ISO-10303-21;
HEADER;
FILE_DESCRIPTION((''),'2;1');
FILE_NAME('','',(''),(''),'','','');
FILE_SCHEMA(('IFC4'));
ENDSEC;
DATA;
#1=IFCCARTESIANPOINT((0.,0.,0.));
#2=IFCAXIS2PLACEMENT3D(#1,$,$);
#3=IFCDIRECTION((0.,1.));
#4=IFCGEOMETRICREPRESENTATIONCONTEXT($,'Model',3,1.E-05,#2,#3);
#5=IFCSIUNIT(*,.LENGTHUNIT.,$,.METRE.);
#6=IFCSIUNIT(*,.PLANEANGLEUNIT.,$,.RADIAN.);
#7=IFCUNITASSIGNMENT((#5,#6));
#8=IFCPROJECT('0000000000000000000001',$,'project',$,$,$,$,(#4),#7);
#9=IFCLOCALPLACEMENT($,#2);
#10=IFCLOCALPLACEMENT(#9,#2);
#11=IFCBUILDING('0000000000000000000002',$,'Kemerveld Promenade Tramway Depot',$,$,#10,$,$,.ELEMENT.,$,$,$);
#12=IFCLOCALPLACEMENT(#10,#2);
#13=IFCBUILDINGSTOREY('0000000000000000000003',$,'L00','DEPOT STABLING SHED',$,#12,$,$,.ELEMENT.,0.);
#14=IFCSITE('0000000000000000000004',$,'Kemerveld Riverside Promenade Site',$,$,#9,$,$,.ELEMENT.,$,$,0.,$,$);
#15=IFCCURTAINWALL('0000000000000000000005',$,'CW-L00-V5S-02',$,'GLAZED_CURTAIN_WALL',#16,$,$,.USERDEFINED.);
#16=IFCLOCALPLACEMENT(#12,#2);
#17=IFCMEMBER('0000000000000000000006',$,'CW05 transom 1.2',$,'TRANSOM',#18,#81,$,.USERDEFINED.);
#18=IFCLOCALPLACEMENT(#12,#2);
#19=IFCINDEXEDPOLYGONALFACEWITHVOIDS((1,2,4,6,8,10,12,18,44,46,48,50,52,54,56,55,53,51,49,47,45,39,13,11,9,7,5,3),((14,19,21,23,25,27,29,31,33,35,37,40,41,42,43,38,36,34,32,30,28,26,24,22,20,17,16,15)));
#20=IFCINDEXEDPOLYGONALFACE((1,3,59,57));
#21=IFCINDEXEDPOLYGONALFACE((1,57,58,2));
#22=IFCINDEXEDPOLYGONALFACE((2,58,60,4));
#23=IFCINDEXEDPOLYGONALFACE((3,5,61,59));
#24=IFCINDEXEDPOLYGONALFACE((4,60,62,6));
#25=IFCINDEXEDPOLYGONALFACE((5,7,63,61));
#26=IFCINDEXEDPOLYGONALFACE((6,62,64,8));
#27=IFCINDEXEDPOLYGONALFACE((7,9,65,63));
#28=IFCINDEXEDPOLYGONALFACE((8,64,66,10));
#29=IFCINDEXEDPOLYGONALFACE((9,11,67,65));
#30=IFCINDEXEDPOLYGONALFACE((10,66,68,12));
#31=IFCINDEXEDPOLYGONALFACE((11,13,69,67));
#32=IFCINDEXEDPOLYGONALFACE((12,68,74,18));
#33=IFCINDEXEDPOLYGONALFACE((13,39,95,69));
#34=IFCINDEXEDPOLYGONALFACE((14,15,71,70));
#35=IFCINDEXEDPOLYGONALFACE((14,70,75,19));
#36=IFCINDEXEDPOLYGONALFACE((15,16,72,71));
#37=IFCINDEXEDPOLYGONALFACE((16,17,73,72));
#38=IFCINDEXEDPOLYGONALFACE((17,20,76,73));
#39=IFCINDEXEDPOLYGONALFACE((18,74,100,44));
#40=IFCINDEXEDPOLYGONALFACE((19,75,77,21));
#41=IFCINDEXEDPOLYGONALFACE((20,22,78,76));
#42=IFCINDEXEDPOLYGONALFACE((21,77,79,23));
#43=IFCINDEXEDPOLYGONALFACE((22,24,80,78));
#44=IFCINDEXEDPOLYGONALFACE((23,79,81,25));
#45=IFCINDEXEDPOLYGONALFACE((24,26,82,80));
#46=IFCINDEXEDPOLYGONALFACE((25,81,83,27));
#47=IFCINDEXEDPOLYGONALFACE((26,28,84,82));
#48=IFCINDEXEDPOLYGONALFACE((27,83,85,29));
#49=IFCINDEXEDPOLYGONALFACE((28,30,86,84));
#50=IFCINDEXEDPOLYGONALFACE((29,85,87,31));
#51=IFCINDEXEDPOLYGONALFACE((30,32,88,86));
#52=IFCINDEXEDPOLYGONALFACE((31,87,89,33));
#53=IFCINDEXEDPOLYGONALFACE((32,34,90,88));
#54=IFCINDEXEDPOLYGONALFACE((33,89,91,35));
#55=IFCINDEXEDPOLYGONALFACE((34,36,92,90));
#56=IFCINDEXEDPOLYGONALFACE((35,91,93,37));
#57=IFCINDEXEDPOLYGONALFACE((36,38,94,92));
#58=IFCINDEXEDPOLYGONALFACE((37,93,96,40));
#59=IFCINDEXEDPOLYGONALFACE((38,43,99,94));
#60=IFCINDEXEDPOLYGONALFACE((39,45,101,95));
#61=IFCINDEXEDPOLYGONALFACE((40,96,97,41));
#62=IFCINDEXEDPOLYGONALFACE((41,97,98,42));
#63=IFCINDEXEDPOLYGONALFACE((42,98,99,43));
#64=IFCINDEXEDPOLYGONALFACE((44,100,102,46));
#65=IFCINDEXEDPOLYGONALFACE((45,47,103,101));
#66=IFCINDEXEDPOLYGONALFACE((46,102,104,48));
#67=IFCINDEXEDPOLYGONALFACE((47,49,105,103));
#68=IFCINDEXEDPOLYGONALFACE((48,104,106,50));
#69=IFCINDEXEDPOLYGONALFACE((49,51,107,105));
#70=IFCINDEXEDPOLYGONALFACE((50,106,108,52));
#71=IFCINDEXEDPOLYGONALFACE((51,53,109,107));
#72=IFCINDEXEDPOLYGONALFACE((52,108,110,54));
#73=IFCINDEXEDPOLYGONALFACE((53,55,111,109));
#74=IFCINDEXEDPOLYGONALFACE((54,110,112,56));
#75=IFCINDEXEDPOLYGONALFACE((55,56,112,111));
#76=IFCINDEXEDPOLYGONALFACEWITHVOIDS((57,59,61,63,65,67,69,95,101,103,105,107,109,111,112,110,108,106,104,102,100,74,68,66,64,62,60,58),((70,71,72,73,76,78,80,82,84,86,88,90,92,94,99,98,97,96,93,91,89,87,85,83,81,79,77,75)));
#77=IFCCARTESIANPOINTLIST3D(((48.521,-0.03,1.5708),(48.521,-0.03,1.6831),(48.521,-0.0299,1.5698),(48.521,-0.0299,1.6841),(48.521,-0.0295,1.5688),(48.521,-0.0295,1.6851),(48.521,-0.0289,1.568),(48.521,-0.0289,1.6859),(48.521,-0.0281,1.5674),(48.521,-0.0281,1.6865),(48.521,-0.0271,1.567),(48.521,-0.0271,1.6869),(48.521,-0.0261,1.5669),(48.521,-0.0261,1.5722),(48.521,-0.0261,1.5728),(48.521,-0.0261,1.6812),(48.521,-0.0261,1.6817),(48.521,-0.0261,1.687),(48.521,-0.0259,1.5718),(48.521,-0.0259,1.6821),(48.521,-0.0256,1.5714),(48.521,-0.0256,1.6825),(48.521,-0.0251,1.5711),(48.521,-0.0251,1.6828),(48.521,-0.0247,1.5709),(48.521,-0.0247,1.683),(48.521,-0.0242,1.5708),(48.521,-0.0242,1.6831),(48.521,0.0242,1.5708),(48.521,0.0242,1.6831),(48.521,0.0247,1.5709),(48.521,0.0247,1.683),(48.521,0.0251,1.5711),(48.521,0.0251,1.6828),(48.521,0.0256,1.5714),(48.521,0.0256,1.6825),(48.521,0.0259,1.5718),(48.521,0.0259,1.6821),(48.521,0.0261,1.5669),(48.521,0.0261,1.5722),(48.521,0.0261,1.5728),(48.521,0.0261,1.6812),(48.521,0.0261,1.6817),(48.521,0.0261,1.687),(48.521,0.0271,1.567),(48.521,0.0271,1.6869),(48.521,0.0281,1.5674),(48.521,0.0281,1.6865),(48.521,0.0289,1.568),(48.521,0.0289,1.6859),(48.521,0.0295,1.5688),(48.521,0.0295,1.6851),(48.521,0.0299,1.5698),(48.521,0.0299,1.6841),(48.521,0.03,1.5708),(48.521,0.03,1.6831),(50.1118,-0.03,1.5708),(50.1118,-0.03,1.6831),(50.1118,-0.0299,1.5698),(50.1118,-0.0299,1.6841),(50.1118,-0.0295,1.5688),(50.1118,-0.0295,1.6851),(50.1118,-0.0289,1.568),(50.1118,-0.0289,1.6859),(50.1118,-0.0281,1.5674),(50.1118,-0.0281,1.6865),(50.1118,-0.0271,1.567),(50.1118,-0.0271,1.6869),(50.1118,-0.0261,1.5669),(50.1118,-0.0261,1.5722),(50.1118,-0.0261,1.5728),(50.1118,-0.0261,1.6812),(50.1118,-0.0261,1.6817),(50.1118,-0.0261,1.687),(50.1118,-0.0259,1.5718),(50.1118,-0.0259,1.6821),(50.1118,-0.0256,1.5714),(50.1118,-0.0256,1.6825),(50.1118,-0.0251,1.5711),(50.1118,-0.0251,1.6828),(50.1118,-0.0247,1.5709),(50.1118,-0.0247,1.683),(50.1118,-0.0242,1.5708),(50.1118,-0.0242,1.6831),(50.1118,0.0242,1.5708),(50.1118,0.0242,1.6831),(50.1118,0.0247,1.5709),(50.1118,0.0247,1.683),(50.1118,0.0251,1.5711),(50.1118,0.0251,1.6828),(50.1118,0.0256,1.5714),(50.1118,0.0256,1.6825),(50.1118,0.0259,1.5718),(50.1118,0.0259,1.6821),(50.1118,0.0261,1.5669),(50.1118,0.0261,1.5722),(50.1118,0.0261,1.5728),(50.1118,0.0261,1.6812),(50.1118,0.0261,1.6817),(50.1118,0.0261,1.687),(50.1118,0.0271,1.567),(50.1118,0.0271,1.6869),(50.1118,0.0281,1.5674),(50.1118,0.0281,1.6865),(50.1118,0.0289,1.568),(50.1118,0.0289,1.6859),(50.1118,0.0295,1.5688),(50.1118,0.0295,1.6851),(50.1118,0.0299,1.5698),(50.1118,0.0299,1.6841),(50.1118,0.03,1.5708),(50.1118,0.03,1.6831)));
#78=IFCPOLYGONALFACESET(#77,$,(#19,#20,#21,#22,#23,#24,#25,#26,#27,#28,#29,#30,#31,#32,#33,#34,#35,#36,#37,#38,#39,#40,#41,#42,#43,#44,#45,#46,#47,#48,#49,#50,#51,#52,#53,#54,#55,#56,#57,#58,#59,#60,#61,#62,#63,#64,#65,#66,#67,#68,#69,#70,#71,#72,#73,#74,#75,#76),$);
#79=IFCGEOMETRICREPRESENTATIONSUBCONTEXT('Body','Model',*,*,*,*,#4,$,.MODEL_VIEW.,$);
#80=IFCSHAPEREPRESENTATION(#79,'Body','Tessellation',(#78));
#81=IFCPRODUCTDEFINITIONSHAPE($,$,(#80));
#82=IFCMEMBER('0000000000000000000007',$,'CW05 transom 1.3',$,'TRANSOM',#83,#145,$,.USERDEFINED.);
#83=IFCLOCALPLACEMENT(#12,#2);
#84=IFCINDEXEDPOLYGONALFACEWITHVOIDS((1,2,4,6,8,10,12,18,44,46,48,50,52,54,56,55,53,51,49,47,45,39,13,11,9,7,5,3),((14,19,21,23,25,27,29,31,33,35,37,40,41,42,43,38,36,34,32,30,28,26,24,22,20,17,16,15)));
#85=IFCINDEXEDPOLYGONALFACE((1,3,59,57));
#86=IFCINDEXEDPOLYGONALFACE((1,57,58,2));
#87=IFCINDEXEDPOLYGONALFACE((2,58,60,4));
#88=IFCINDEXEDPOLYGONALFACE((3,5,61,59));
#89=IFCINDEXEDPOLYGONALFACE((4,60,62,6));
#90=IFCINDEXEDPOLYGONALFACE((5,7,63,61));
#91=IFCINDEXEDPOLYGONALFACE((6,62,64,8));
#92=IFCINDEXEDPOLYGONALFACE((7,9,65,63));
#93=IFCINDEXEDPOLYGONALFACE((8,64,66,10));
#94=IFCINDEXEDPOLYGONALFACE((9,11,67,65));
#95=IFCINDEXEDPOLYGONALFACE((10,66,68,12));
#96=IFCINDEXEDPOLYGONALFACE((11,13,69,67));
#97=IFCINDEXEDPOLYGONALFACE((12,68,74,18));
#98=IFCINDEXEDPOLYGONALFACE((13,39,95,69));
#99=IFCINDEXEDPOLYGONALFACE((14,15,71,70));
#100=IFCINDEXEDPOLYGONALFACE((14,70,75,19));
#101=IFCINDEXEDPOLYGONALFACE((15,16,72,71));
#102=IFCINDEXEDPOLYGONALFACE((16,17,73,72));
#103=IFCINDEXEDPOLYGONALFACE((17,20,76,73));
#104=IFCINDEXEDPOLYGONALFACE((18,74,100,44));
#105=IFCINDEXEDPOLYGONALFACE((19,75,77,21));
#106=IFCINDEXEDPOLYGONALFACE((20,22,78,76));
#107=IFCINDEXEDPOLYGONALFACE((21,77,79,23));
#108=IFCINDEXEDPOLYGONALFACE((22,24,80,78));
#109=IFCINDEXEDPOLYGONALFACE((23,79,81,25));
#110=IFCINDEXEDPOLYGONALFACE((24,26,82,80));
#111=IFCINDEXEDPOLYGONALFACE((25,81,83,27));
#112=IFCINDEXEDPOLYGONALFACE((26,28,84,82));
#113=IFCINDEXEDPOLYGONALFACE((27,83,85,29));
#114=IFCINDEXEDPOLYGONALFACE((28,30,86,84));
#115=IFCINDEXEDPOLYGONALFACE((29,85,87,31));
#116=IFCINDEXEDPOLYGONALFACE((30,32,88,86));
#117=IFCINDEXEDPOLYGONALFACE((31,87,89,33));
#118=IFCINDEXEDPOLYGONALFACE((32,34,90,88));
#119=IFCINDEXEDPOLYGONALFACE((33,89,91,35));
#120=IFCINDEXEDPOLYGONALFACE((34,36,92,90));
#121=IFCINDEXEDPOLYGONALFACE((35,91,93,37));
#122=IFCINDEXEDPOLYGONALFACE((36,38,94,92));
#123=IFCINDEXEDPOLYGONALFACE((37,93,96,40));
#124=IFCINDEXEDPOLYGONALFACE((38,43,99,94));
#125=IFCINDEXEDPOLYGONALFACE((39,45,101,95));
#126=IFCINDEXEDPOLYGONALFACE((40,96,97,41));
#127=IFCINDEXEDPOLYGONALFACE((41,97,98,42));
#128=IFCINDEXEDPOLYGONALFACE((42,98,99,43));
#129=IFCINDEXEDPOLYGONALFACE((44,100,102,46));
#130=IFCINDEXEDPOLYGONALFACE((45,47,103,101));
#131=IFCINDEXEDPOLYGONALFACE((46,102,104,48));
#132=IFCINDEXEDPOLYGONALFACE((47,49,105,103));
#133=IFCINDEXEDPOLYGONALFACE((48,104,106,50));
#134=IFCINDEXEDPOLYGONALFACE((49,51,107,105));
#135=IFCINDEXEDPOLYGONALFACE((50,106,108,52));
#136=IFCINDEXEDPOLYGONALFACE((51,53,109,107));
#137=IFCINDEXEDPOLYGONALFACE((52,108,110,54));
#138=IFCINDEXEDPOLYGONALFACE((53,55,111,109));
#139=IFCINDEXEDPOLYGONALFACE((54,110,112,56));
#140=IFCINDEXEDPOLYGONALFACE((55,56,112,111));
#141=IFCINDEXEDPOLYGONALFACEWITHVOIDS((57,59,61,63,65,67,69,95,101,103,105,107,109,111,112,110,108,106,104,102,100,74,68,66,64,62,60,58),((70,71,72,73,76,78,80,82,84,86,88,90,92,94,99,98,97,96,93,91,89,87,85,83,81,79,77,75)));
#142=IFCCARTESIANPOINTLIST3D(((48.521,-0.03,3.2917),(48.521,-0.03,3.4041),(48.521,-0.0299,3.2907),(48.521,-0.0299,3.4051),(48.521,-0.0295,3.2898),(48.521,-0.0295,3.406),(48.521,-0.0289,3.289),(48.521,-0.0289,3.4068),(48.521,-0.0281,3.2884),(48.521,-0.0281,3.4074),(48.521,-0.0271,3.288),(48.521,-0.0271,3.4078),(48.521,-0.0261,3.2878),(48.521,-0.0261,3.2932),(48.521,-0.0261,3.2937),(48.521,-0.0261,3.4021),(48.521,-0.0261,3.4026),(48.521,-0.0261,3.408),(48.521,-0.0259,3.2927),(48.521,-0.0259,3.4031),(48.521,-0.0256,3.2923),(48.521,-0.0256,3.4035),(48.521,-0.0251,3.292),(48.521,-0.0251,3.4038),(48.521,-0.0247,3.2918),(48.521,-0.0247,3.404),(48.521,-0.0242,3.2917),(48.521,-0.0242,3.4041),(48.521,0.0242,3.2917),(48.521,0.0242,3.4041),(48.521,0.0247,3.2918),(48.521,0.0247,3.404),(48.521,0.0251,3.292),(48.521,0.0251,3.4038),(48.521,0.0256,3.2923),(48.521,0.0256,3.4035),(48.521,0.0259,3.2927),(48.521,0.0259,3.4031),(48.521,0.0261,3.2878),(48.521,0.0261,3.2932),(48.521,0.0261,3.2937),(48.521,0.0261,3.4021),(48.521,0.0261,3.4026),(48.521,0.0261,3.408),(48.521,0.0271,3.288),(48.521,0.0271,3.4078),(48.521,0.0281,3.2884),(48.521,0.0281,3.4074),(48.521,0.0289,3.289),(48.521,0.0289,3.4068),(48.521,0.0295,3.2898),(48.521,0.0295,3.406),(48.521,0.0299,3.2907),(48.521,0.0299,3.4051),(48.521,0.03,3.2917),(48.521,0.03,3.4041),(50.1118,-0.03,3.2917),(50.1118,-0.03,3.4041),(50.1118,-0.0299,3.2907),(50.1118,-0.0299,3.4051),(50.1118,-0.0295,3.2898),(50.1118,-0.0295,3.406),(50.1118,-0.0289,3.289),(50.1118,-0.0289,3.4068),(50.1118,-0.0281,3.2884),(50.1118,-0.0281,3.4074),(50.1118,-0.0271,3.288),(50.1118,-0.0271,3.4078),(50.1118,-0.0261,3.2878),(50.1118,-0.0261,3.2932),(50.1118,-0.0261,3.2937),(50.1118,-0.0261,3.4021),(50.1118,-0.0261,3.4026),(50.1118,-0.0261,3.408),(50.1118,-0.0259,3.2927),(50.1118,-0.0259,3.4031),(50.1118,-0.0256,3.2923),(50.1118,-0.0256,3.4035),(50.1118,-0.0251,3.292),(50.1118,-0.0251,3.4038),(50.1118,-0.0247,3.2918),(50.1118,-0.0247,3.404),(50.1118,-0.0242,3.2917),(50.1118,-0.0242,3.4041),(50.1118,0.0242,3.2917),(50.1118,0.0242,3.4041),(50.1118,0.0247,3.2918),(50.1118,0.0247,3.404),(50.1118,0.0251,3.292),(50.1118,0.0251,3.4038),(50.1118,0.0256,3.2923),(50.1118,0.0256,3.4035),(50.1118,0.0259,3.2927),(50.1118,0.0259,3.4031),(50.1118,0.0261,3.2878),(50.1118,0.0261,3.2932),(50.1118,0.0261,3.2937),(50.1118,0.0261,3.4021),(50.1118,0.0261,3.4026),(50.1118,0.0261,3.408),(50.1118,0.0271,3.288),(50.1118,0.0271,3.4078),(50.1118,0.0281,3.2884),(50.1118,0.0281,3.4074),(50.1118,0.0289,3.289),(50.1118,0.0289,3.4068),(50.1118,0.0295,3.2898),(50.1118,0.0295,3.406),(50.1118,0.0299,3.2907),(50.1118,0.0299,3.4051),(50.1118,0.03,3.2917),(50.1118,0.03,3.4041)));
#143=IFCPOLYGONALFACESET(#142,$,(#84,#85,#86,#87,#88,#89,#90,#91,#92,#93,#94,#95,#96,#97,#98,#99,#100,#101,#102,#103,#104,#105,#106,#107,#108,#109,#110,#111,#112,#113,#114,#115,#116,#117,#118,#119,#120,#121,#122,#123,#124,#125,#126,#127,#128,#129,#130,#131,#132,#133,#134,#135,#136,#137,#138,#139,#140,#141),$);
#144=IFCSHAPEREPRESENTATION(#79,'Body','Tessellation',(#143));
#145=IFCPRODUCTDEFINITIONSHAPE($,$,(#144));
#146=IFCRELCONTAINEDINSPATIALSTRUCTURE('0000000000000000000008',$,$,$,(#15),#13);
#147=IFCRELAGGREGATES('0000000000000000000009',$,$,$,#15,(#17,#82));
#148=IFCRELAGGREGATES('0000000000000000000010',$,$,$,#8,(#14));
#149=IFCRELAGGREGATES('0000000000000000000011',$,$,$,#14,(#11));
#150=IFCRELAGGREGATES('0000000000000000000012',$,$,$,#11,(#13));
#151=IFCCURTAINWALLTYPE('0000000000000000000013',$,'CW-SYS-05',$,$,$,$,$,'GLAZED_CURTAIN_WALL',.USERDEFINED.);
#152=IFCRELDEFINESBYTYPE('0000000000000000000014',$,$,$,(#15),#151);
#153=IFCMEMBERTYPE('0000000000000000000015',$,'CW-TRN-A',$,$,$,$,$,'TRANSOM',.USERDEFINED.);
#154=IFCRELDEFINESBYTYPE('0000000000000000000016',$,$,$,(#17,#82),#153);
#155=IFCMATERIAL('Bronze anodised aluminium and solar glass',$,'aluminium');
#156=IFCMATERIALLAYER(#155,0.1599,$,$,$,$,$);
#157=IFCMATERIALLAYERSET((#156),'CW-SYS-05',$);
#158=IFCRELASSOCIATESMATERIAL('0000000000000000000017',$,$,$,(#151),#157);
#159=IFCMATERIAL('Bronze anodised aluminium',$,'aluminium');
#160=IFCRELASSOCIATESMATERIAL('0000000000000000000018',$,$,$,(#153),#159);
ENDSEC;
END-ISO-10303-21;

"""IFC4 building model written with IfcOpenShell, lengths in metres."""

from ifc_helpers import new_model, si_unit, direction, frame, origin, origin_2d, place, context, subcontext, project, spatial, hollow_rectangle, extrude, material, layer, layer_set, material_profile, profile_set, type_object, element, aggregate, save


model = new_model("IFC4")

# Units and contexts
model_context = context("Model", 3, precision=1e-05, world=origin(), true_north=direction((0.0, 1.0)))
body_context = subcontext(model_context, "Body", "Model", "MODEL_VIEW")
ifc_project = project(units=[si_unit("LENGTHUNIT", "METRE"), si_unit("PLANEANGLEUNIT", "RADIAN")], contexts=[model_context])

# Site, building, storey
site_placement = place(None, origin())
site = spatial("IfcSite", under=ifc_project, at=site_placement, Name="Kemerveld Riverside Promenade Site", CompositionType="ELEMENT", RefElevation=0.0)
building_placement = place(site_placement, origin())
building = spatial("IfcBuilding", under=site, at=building_placement, Name="Kemerveld Promenade Tramway Depot", CompositionType="ELEMENT")
storey_placement = place(building_placement, origin())
storey = spatial("IfcBuildingStorey", under=building, at=storey_placement, Name="L00", Description="DEPOT STABLING SHED", CompositionType="ELEMENT", Elevation=0.0)

# Curtain wall, members
ifc_material_1 = material(Name="Bronze anodised aluminium and solar glass", Category="aluminium")
ifc_layer_1 = layer(ifc_material_1, 0.1599)
ifc_layer_set_1 = layer_set([ifc_layer_1], Name="CW-SYS-05")
curtain_wall_type = type_object("IfcCurtainWallType", Name="CW-SYS-05", ElementType="GLAZED_CURTAIN_WALL", PredefinedType="USERDEFINED", material=ifc_layer_set_1)
curtain_wall_placement = place(storey_placement, origin())
curtain_wall = element("IfcCurtainWall", 1, at=curtain_wall_placement, inside=storey, type_object=curtain_wall_type, Name="CW-L00-V5S-02", ObjectType="GLAZED_CURTAIN_WALL", PredefinedType="USERDEFINED")
ifc_material_2 = material(Name="Bronze anodised aluminium", Category="aluminium")
ifc_material_profile_1 = material_profile(ifc_material_2, hollow_rectangle(XDim=0.0601, YDim=0.1201, WallThickness=0.0039, InnerFilletRadius=0.002, OuterFilletRadius=0.0039, at=origin_2d()), Name="CW-TRN-120x60")
ifc_profile_set_1 = profile_set([ifc_material_profile_1], Name="Bronze anodised aluminium")
member_type_1 = type_object("IfcMemberType", Name="CW-TRN-A", ElementType="TRANSOM", PredefinedType="USERDEFINED", material=ifc_profile_set_1)
member_1_placement = place(storey_placement, frame((50.1118, 0.0, 1.627), z_axis=(-1.0, 0.0, 0.0), x_axis=(0.0, -1.0, 0.0)))
member_1 = element("IfcMember", 2, at=member_1_placement, type_object=member_type_1, Name="CW05 transom 1.2", ObjectType="TRANSOM", PredefinedType="USERDEFINED", context=body_context, shape_type="SweptSolid", body=[
    extrude(hollow_rectangle(XDim=0.0601, YDim=0.1201, WallThickness=0.0039, InnerFilletRadius=0.002, OuterFilletRadius=0.0039, at=origin_2d()), origin(), (0.0, 0.0, 1.0), 1.5908),
])
member_2_placement = place(storey_placement, frame((50.1118, 0.0, 3.3479), z_axis=(-1.0, 0.0, 0.0), x_axis=(0.0, -1.0, 0.0)))
member_2 = element("IfcMember", 3, at=member_2_placement, type_object=member_type_1, Name="CW05 transom 1.3", ObjectType="TRANSOM", PredefinedType="USERDEFINED", context=body_context, shape_type="SweptSolid", body=[
    extrude(hollow_rectangle(XDim=0.0601, YDim=0.1201, WallThickness=0.0039, InnerFilletRadius=0.002, OuterFilletRadius=0.0039, at=origin_2d()), origin(), (0.0, 0.0, 1.0), 1.5908),
])
aggregate(curtain_wall, [member_1, member_2])

save(model, "model.ifc")
